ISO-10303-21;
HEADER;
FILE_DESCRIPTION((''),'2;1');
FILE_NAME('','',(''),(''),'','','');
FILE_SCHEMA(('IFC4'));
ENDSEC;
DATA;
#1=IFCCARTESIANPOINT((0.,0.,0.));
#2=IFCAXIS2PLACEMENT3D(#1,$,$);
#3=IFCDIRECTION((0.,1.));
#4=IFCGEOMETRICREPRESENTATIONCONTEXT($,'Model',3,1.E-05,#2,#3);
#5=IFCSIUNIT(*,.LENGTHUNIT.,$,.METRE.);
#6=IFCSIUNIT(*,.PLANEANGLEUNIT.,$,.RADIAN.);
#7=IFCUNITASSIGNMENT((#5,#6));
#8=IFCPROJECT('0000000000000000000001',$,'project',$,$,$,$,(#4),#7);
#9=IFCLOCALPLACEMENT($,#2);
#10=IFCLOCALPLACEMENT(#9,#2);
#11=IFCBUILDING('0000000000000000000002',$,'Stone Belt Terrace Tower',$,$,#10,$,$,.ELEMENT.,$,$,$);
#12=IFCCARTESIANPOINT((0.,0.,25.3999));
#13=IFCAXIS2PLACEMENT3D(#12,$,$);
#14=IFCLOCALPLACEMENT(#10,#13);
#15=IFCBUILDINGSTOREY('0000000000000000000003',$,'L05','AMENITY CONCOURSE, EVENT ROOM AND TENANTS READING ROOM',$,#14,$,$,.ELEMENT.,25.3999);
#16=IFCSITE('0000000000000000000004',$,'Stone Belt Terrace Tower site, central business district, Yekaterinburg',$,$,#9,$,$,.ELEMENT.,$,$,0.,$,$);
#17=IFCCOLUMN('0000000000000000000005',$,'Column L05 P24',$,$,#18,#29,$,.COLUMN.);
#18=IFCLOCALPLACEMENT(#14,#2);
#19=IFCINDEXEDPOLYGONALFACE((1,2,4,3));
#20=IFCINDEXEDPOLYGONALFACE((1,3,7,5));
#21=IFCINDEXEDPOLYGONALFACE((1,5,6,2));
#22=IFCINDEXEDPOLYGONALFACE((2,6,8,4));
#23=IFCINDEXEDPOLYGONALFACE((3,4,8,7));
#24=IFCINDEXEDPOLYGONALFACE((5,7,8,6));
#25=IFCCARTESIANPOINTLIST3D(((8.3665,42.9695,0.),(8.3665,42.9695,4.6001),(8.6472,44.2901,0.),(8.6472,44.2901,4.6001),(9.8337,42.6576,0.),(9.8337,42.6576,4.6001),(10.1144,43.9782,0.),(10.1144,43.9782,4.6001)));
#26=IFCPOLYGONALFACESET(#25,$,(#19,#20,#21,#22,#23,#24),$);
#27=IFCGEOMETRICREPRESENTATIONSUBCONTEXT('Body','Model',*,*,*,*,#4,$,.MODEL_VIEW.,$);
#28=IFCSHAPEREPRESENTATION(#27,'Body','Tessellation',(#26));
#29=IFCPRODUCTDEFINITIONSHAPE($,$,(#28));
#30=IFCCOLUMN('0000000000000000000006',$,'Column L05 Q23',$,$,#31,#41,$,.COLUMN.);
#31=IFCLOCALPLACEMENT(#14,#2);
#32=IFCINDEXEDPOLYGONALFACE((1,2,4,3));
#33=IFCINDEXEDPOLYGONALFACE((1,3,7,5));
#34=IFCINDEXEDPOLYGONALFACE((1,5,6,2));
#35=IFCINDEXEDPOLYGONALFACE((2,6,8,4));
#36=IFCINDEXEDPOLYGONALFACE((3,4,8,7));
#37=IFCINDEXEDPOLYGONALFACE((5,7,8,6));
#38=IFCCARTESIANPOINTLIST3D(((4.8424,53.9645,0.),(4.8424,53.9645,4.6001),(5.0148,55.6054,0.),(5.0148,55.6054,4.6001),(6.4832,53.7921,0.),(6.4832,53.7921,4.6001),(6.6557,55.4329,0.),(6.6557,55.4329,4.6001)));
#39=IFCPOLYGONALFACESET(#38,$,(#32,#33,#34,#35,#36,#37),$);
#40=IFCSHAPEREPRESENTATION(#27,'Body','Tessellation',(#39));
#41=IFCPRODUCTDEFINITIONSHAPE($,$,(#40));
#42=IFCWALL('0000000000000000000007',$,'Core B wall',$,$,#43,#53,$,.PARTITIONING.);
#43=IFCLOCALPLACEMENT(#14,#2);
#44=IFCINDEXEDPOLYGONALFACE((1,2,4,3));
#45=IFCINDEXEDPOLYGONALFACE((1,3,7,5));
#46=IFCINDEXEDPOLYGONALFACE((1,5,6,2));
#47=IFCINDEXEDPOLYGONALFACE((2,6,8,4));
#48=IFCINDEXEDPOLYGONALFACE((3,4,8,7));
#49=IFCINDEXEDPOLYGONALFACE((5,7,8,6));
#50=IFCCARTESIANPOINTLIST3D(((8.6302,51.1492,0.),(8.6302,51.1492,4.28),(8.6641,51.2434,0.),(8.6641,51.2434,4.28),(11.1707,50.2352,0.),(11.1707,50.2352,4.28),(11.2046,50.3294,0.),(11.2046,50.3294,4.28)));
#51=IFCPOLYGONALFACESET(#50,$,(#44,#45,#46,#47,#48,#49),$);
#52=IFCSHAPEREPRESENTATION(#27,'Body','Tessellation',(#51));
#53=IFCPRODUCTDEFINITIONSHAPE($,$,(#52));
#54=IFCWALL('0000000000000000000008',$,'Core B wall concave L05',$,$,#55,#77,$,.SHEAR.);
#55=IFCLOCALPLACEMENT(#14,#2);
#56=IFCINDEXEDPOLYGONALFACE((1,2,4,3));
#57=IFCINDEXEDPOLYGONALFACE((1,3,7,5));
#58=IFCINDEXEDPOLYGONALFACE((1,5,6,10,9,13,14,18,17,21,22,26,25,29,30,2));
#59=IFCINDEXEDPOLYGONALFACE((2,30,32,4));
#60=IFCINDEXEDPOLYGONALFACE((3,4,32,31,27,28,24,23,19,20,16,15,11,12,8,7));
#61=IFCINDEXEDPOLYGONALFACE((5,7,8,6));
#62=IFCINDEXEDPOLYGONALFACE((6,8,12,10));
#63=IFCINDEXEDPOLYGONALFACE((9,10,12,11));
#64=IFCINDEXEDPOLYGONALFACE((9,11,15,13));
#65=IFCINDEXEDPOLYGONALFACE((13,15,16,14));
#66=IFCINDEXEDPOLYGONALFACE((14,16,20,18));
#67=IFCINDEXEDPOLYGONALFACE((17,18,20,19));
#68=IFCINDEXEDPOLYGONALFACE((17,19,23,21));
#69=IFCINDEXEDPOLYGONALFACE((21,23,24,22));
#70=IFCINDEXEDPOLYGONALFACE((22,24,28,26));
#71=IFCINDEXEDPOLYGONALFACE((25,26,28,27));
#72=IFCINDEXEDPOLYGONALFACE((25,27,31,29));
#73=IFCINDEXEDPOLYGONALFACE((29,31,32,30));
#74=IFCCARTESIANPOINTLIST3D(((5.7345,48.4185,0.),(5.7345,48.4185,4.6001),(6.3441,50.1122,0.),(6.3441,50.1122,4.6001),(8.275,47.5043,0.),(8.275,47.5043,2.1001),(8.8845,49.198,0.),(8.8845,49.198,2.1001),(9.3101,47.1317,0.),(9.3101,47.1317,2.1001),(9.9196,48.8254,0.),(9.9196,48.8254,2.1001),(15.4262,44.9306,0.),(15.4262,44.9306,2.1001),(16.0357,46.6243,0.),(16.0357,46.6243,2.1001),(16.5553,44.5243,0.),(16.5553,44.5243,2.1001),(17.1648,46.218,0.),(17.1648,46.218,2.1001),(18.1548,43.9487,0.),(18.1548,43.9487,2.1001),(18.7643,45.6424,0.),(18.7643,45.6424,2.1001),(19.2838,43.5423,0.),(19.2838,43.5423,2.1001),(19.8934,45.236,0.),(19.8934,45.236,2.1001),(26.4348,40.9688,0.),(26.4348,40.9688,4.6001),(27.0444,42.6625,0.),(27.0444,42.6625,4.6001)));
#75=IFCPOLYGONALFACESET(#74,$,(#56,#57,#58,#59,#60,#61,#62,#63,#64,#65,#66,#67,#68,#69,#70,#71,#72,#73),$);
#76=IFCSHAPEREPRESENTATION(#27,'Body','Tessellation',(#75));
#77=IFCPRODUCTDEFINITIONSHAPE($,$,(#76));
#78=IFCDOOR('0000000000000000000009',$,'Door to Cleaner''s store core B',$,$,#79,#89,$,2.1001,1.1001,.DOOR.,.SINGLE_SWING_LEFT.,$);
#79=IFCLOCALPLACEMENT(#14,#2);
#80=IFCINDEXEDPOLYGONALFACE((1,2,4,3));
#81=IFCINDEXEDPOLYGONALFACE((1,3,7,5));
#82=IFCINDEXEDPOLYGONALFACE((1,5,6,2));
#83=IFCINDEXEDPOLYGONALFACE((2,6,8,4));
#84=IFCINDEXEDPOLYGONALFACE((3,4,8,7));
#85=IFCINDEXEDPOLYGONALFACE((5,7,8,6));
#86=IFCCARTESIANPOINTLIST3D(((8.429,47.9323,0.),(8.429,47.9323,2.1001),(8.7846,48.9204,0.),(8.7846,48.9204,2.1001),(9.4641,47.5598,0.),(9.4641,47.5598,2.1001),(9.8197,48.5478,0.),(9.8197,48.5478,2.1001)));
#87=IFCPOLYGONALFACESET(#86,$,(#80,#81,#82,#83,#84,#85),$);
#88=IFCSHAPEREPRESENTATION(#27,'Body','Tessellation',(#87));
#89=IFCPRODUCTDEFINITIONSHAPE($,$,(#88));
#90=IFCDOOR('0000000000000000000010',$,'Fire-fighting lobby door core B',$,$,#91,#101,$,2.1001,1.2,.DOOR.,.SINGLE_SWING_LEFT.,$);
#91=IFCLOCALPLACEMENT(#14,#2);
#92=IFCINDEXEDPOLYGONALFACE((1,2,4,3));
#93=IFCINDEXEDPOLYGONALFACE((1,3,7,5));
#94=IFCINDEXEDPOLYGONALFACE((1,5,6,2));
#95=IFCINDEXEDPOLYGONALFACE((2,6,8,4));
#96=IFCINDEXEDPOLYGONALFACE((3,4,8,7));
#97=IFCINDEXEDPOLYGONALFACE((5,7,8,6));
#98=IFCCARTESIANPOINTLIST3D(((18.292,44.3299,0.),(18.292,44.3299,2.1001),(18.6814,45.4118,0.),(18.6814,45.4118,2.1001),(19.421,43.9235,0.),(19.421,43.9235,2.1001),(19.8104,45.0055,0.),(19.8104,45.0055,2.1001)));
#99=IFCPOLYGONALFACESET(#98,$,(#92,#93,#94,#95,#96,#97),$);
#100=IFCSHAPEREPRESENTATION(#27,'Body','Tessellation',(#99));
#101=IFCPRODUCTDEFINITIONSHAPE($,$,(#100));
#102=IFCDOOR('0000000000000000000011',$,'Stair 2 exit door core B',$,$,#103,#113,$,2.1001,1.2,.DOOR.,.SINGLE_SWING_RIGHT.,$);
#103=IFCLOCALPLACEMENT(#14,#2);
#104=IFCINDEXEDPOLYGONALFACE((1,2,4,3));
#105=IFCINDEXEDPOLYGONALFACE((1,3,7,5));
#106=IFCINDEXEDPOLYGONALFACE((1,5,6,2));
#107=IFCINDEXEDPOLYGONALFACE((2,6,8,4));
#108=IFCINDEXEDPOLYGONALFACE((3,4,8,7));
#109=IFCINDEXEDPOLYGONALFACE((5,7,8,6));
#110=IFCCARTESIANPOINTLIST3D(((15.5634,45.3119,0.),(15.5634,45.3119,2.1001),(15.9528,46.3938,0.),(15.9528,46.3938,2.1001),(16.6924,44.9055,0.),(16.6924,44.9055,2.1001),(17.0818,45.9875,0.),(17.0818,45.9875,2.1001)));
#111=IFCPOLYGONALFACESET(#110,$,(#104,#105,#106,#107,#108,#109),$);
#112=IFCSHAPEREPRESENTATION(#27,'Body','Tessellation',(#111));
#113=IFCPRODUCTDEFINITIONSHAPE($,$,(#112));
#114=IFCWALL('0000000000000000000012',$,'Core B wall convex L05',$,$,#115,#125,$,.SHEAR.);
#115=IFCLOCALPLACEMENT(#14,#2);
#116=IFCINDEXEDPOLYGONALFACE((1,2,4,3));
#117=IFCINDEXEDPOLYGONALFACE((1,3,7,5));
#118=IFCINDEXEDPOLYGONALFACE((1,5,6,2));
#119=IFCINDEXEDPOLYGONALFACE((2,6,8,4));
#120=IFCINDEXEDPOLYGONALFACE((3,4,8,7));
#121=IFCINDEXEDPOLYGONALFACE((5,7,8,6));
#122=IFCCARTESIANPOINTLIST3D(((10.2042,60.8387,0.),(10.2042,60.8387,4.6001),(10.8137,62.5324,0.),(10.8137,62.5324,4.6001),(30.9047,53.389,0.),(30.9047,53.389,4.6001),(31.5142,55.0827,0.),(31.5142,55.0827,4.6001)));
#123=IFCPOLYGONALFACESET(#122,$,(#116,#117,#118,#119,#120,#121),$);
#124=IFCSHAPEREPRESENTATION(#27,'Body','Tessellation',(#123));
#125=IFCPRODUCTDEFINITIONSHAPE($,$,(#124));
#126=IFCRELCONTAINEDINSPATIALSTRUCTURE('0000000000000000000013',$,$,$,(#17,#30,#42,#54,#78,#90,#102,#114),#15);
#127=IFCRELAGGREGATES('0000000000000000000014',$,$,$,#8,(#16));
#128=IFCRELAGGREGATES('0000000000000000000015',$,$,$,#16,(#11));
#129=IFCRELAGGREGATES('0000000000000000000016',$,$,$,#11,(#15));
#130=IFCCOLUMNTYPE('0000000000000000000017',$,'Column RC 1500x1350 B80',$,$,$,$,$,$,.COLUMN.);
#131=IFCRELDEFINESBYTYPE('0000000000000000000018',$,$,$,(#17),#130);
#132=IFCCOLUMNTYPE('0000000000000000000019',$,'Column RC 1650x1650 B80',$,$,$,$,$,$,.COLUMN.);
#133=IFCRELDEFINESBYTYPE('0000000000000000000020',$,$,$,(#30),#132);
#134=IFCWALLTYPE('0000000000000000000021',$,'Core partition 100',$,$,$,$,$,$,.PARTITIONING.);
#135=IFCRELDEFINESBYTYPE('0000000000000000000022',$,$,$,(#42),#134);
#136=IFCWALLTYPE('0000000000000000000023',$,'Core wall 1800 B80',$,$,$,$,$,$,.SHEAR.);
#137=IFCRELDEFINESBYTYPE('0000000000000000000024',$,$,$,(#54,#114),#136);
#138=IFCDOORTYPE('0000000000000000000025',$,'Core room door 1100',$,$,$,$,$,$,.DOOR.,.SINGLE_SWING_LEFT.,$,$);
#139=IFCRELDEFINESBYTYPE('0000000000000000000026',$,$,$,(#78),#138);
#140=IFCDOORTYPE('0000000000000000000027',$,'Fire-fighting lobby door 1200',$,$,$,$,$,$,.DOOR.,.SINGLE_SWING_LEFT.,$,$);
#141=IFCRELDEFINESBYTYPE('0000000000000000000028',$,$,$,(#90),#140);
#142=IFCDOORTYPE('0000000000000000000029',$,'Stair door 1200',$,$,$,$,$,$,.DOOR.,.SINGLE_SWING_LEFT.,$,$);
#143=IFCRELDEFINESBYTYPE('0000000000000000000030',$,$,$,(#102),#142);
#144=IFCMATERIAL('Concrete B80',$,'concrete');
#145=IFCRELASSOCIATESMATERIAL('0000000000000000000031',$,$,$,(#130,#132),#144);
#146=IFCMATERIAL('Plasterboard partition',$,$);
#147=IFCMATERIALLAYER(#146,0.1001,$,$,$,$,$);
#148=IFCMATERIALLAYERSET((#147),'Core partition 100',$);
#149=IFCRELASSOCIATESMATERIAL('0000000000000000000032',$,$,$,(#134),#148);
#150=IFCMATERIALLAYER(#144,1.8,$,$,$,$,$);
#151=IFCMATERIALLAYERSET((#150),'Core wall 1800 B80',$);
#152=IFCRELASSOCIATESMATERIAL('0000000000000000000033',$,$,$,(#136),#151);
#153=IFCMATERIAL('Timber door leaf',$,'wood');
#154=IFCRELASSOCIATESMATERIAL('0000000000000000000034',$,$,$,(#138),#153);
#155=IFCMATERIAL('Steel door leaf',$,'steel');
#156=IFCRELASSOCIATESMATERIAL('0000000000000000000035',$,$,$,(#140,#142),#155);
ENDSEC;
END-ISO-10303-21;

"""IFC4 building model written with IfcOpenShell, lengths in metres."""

from ifc_helpers import new_model, si_unit, direction, frame, frame_2d, origin, origin_2d, place, context, subcontext, project, spatial, rectangle, extrude, material, layer, layer_set, material_profile, profile_set, type_object, element, fill, save


model = new_model("IFC4")

# Units and contexts
model_context = context("Model", 3, precision=1e-05, world=origin(), true_north=direction((0.0, 1.0)))
body_context = subcontext(model_context, "Body", "Model", "MODEL_VIEW")
ifc_project = project(units=[si_unit("LENGTHUNIT", "METRE"), si_unit("PLANEANGLEUNIT", "RADIAN")], contexts=[model_context])

# Site, building, storey
site_placement = place(None, origin())
site = spatial("IfcSite", under=ifc_project, at=site_placement, Name="Stone Belt Terrace Tower site, central business district, Yekaterinburg", CompositionType="ELEMENT", RefElevation=0.0)
building_placement = place(site_placement, origin())
building = spatial("IfcBuilding", under=site, at=building_placement, Name="Stone Belt Terrace Tower", CompositionType="ELEMENT")
storey_placement = place(building_placement, frame((0.0, 0.0, 25.3999)))
storey = spatial("IfcBuildingStorey", under=building, at=storey_placement, Name="L05", Description="AMENITY CONCOURSE, EVENT ROOM AND TENANTS READING ROOM", CompositionType="ELEMENT", Elevation=25.3999)

# Columns
ifc_material_1 = material(Name="Concrete B80", Category="concrete")
ifc_material_profile_1 = material_profile(ifc_material_1, rectangle(XDim=1.5, YDim=1.3501, at=origin_2d()), Name="RC 1500x1350")
ifc_profile_set_1 = profile_set([ifc_material_profile_1], Name="Concrete B80")
column_type_1 = type_object("IfcColumnType", Name="Column RC 1500x1350 B80", PredefinedType="COLUMN", material=ifc_profile_set_1)
column_1_placement = place(storey_placement, frame((9.2405, 43.4739, 0.0), z_axis=(0.0, 0.0, 1.0), x_axis=(0.978148, -0.207912, 0.0)))
element("IfcColumn", 1, at=column_1_placement, inside=storey, type_object=column_type_1, Name="Column L05 P24", PredefinedType="COLUMN", context=body_context, shape_type="SweptSolid", body=[
    extrude(rectangle(XDim=1.5, YDim=1.3501, at=origin_2d()), origin(), (0.0, 0.0, 1.0), 4.6001),
])
ifc_material_profile_2 = material_profile(ifc_material_1, rectangle(XDim=1.6499, YDim=1.6499, at=origin_2d()), Name="RC 1650x1650")
ifc_profile_set_2 = profile_set([ifc_material_profile_2], Name="Concrete B80")
column_type_2 = type_object("IfcColumnType", Name="Column RC 1650x1650 B80", PredefinedType="COLUMN", material=ifc_profile_set_2)
column_2_placement = place(storey_placement, frame((5.749, 54.6987, 0.0), z_axis=(0.0, 0.0, 1.0), x_axis=(0.994522, -0.104528, 0.0)))
element("IfcColumn", 2, at=column_2_placement, inside=storey, type_object=column_type_2, Name="Column L05 Q23", PredefinedType="COLUMN", context=body_context, shape_type="SweptSolid", body=[
    extrude(rectangle(XDim=1.6499, YDim=1.6499, at=origin_2d()), origin(), (0.0, 0.0, 1.0), 4.6001),
])

# Wall
ifc_material_2 = material(Name="Plasterboard partition")
ifc_layer_1 = layer(ifc_material_2, 0.1001)
ifc_layer_set_1 = layer_set([ifc_layer_1], Name="Core partition 100")
wall_type_1 = type_object("IfcWallType", Name="Core partition 100", PredefinedType="PARTITIONING", material=ifc_layer_set_1)
wall_1_placement = place(storey_placement, frame((11.1877, 50.2822, 0.0), z_axis=(0.0, 0.0, 1.0), x_axis=(-0.94095, 0.338547, 0.0)))
element("IfcWall", 3, at=wall_1_placement, inside=storey, type_object=wall_type_1, Name="Core B wall", PredefinedType="PARTITIONING", context=body_context, shape_type="SweptSolid", body=[
    extrude(rectangle(XDim=2.7, YDim=0.1001, at=frame_2d((1.3501, 0.0))), origin(), (0.0, 0.0, 1.0), 4.28),
])

# Wall, openings, doors
ifc_layer_2 = layer(ifc_material_1, 1.8)
ifc_layer_set_2 = layer_set([ifc_layer_2], Name="Core wall 1800 B80")
wall_type_2 = type_object("IfcWallType", Name="Core wall 1800 B80", PredefinedType="SHEAR", material=ifc_layer_set_2)
wall_2_placement = place(storey_placement, frame((6.0393, 49.2654, 0.0), z_axis=(0.0, 0.0, 1.0), x_axis=(0.940922, -0.338624, 0.0)))
wall_2 = element("IfcWall", 4, at=wall_2_placement, inside=storey, type_object=wall_type_2, Name="Core B wall concave L05", PredefinedType="SHEAR", context=body_context, shape_type="SweptSolid", body=[
    extrude(rectangle(XDim=22.0, YDim=1.8, at=frame_2d((11.0, 0.0))), origin(), (0.0, 0.0, 1.0), 4.6001),
])
opening_1_placement = place(wall_2_placement, frame((13.2, 0.0, 0.0)))
opening_1 = element("IfcOpeningElement", 5, at=opening_1_placement, cuts=wall_2, PredefinedType="OPENING", context=body_context, shape_type="SweptSolid", body=[
    extrude(rectangle(XDim=1.2, YDim=2.1001, at=frame_2d((0.6001, 1.05))), frame((0.0, 0.9099, 0.0), z_axis=(0.0, -1.0, 0.0), x_axis=(1.0, 0.0, 0.0)), (0.0, 0.0, 1.0), 1.8201),
])
opening_2_placement = place(wall_2_placement, frame((10.3, 0.0, 0.0)))
opening_2 = element("IfcOpeningElement", 6, at=opening_2_placement, cuts=wall_2, PredefinedType="OPENING", context=body_context, shape_type="SweptSolid", body=[
    extrude(rectangle(XDim=1.2, YDim=2.1001, at=frame_2d((0.6001, 1.05))), frame((0.0, 0.9099, 0.0), z_axis=(0.0, -1.0, 0.0), x_axis=(1.0, 0.0, 0.0)), (0.0, 0.0, 1.0), 1.8201),
])
opening_3_placement = place(wall_2_placement, frame((2.7, 0.0, 0.0)))
opening_3 = element("IfcOpeningElement", 7, at=opening_3_placement, cuts=wall_2, PredefinedType="OPENING", context=body_context, shape_type="SweptSolid", body=[
    extrude(rectangle(XDim=1.1001, YDim=2.1001, at=frame_2d((0.55, 1.05))), frame((0.0, 0.9099, 0.0), z_axis=(0.0, -1.0, 0.0), x_axis=(1.0, 0.0, 0.0)), (0.0, 0.0, 1.0), 1.8201),
])
ifc_material_3 = material(Name="Timber door leaf", Category="wood")
door_type_1 = type_object("IfcDoorType", Name="Core room door 1100", OperationType="SINGLE_SWING_LEFT", PredefinedType="DOOR", material=ifc_material_3)
door_1_placement = place(opening_3_placement, origin())
door_1 = element("IfcDoor", 8, at=door_1_placement, inside=storey, type_object=door_type_1, Name="Door to Cleaner's store core B", OperationType="SINGLE_SWING_LEFT", OverallHeight=2.1001, OverallWidth=1.1001, PredefinedType="DOOR", context=body_context, shape_type="SweptSolid", body=[
    extrude(rectangle(XDim=1.1001, YDim=2.1001, at=frame_2d((0.55, 1.05))), frame((0.0, 0.605, 0.0), z_axis=(0.0, -1.0, 0.0), x_axis=(1.0, 0.0, 0.0)), (0.0, 0.0, 1.0), 1.05),
])
fill(opening_3, door_1)
ifc_material_4 = material(Name="Steel door leaf", Category="steel")
door_type_2 = type_object("IfcDoorType", Name="Fire-fighting lobby door 1200", OperationType="SINGLE_SWING_LEFT", PredefinedType="DOOR", material=ifc_material_4)
door_2_placement = place(opening_1_placement, origin())
door_2 = element("IfcDoor", 9, at=door_2_placement, inside=storey, type_object=door_type_2, Name="Fire-fighting lobby door core B", OperationType="SINGLE_SWING_LEFT", OverallHeight=2.1001, OverallWidth=1.2, PredefinedType="DOOR", context=body_context, shape_type="SweptSolid", body=[
    extrude(rectangle(XDim=1.2, YDim=2.1001, at=frame_2d((0.6001, 1.05))), frame((0.0, 0.655, 0.0), z_axis=(0.0, -1.0, 0.0), x_axis=(1.0, 0.0, 0.0)), (0.0, 0.0, 1.0), 1.1499),
])
fill(opening_1, door_2)
door_type_3 = type_object("IfcDoorType", Name="Stair door 1200", OperationType="SINGLE_SWING_LEFT", PredefinedType="DOOR", material=ifc_material_4)
door_3_placement = place(opening_2_placement, origin())
door_3 = element("IfcDoor", 10, at=door_3_placement, inside=storey, type_object=door_type_3, Name="Stair 2 exit door core B", OperationType="SINGLE_SWING_RIGHT", OverallHeight=2.1001, OverallWidth=1.2, PredefinedType="DOOR", context=body_context, shape_type="SweptSolid", body=[
    extrude(rectangle(XDim=1.2, YDim=2.1001, at=frame_2d((0.6001, 1.05))), frame((0.0, 0.655, 0.0), z_axis=(0.0, -1.0, 0.0), x_axis=(1.0, 0.0, 0.0)), (0.0, 0.0, 1.0), 1.1499),
])
fill(opening_2, door_3)

# Wall
wall_3_placement = place(storey_placement, frame((10.509, 61.6855, 0.0), z_axis=(0.0, 0.0, 1.0), x_axis=(0.940923, -0.338621, 0.0)))
element("IfcWall", 11, at=wall_3_placement, inside=storey, type_object=wall_type_2, Name="Core B wall convex L05", PredefinedType="SHEAR", context=body_context, shape_type="SweptSolid", body=[
    extrude(rectangle(XDim=22.0002, YDim=1.8, at=frame_2d((11.0, 0.0))), origin(), (0.0, 0.0, 1.0), 4.6001),
])

save(model, "model.ifc")
